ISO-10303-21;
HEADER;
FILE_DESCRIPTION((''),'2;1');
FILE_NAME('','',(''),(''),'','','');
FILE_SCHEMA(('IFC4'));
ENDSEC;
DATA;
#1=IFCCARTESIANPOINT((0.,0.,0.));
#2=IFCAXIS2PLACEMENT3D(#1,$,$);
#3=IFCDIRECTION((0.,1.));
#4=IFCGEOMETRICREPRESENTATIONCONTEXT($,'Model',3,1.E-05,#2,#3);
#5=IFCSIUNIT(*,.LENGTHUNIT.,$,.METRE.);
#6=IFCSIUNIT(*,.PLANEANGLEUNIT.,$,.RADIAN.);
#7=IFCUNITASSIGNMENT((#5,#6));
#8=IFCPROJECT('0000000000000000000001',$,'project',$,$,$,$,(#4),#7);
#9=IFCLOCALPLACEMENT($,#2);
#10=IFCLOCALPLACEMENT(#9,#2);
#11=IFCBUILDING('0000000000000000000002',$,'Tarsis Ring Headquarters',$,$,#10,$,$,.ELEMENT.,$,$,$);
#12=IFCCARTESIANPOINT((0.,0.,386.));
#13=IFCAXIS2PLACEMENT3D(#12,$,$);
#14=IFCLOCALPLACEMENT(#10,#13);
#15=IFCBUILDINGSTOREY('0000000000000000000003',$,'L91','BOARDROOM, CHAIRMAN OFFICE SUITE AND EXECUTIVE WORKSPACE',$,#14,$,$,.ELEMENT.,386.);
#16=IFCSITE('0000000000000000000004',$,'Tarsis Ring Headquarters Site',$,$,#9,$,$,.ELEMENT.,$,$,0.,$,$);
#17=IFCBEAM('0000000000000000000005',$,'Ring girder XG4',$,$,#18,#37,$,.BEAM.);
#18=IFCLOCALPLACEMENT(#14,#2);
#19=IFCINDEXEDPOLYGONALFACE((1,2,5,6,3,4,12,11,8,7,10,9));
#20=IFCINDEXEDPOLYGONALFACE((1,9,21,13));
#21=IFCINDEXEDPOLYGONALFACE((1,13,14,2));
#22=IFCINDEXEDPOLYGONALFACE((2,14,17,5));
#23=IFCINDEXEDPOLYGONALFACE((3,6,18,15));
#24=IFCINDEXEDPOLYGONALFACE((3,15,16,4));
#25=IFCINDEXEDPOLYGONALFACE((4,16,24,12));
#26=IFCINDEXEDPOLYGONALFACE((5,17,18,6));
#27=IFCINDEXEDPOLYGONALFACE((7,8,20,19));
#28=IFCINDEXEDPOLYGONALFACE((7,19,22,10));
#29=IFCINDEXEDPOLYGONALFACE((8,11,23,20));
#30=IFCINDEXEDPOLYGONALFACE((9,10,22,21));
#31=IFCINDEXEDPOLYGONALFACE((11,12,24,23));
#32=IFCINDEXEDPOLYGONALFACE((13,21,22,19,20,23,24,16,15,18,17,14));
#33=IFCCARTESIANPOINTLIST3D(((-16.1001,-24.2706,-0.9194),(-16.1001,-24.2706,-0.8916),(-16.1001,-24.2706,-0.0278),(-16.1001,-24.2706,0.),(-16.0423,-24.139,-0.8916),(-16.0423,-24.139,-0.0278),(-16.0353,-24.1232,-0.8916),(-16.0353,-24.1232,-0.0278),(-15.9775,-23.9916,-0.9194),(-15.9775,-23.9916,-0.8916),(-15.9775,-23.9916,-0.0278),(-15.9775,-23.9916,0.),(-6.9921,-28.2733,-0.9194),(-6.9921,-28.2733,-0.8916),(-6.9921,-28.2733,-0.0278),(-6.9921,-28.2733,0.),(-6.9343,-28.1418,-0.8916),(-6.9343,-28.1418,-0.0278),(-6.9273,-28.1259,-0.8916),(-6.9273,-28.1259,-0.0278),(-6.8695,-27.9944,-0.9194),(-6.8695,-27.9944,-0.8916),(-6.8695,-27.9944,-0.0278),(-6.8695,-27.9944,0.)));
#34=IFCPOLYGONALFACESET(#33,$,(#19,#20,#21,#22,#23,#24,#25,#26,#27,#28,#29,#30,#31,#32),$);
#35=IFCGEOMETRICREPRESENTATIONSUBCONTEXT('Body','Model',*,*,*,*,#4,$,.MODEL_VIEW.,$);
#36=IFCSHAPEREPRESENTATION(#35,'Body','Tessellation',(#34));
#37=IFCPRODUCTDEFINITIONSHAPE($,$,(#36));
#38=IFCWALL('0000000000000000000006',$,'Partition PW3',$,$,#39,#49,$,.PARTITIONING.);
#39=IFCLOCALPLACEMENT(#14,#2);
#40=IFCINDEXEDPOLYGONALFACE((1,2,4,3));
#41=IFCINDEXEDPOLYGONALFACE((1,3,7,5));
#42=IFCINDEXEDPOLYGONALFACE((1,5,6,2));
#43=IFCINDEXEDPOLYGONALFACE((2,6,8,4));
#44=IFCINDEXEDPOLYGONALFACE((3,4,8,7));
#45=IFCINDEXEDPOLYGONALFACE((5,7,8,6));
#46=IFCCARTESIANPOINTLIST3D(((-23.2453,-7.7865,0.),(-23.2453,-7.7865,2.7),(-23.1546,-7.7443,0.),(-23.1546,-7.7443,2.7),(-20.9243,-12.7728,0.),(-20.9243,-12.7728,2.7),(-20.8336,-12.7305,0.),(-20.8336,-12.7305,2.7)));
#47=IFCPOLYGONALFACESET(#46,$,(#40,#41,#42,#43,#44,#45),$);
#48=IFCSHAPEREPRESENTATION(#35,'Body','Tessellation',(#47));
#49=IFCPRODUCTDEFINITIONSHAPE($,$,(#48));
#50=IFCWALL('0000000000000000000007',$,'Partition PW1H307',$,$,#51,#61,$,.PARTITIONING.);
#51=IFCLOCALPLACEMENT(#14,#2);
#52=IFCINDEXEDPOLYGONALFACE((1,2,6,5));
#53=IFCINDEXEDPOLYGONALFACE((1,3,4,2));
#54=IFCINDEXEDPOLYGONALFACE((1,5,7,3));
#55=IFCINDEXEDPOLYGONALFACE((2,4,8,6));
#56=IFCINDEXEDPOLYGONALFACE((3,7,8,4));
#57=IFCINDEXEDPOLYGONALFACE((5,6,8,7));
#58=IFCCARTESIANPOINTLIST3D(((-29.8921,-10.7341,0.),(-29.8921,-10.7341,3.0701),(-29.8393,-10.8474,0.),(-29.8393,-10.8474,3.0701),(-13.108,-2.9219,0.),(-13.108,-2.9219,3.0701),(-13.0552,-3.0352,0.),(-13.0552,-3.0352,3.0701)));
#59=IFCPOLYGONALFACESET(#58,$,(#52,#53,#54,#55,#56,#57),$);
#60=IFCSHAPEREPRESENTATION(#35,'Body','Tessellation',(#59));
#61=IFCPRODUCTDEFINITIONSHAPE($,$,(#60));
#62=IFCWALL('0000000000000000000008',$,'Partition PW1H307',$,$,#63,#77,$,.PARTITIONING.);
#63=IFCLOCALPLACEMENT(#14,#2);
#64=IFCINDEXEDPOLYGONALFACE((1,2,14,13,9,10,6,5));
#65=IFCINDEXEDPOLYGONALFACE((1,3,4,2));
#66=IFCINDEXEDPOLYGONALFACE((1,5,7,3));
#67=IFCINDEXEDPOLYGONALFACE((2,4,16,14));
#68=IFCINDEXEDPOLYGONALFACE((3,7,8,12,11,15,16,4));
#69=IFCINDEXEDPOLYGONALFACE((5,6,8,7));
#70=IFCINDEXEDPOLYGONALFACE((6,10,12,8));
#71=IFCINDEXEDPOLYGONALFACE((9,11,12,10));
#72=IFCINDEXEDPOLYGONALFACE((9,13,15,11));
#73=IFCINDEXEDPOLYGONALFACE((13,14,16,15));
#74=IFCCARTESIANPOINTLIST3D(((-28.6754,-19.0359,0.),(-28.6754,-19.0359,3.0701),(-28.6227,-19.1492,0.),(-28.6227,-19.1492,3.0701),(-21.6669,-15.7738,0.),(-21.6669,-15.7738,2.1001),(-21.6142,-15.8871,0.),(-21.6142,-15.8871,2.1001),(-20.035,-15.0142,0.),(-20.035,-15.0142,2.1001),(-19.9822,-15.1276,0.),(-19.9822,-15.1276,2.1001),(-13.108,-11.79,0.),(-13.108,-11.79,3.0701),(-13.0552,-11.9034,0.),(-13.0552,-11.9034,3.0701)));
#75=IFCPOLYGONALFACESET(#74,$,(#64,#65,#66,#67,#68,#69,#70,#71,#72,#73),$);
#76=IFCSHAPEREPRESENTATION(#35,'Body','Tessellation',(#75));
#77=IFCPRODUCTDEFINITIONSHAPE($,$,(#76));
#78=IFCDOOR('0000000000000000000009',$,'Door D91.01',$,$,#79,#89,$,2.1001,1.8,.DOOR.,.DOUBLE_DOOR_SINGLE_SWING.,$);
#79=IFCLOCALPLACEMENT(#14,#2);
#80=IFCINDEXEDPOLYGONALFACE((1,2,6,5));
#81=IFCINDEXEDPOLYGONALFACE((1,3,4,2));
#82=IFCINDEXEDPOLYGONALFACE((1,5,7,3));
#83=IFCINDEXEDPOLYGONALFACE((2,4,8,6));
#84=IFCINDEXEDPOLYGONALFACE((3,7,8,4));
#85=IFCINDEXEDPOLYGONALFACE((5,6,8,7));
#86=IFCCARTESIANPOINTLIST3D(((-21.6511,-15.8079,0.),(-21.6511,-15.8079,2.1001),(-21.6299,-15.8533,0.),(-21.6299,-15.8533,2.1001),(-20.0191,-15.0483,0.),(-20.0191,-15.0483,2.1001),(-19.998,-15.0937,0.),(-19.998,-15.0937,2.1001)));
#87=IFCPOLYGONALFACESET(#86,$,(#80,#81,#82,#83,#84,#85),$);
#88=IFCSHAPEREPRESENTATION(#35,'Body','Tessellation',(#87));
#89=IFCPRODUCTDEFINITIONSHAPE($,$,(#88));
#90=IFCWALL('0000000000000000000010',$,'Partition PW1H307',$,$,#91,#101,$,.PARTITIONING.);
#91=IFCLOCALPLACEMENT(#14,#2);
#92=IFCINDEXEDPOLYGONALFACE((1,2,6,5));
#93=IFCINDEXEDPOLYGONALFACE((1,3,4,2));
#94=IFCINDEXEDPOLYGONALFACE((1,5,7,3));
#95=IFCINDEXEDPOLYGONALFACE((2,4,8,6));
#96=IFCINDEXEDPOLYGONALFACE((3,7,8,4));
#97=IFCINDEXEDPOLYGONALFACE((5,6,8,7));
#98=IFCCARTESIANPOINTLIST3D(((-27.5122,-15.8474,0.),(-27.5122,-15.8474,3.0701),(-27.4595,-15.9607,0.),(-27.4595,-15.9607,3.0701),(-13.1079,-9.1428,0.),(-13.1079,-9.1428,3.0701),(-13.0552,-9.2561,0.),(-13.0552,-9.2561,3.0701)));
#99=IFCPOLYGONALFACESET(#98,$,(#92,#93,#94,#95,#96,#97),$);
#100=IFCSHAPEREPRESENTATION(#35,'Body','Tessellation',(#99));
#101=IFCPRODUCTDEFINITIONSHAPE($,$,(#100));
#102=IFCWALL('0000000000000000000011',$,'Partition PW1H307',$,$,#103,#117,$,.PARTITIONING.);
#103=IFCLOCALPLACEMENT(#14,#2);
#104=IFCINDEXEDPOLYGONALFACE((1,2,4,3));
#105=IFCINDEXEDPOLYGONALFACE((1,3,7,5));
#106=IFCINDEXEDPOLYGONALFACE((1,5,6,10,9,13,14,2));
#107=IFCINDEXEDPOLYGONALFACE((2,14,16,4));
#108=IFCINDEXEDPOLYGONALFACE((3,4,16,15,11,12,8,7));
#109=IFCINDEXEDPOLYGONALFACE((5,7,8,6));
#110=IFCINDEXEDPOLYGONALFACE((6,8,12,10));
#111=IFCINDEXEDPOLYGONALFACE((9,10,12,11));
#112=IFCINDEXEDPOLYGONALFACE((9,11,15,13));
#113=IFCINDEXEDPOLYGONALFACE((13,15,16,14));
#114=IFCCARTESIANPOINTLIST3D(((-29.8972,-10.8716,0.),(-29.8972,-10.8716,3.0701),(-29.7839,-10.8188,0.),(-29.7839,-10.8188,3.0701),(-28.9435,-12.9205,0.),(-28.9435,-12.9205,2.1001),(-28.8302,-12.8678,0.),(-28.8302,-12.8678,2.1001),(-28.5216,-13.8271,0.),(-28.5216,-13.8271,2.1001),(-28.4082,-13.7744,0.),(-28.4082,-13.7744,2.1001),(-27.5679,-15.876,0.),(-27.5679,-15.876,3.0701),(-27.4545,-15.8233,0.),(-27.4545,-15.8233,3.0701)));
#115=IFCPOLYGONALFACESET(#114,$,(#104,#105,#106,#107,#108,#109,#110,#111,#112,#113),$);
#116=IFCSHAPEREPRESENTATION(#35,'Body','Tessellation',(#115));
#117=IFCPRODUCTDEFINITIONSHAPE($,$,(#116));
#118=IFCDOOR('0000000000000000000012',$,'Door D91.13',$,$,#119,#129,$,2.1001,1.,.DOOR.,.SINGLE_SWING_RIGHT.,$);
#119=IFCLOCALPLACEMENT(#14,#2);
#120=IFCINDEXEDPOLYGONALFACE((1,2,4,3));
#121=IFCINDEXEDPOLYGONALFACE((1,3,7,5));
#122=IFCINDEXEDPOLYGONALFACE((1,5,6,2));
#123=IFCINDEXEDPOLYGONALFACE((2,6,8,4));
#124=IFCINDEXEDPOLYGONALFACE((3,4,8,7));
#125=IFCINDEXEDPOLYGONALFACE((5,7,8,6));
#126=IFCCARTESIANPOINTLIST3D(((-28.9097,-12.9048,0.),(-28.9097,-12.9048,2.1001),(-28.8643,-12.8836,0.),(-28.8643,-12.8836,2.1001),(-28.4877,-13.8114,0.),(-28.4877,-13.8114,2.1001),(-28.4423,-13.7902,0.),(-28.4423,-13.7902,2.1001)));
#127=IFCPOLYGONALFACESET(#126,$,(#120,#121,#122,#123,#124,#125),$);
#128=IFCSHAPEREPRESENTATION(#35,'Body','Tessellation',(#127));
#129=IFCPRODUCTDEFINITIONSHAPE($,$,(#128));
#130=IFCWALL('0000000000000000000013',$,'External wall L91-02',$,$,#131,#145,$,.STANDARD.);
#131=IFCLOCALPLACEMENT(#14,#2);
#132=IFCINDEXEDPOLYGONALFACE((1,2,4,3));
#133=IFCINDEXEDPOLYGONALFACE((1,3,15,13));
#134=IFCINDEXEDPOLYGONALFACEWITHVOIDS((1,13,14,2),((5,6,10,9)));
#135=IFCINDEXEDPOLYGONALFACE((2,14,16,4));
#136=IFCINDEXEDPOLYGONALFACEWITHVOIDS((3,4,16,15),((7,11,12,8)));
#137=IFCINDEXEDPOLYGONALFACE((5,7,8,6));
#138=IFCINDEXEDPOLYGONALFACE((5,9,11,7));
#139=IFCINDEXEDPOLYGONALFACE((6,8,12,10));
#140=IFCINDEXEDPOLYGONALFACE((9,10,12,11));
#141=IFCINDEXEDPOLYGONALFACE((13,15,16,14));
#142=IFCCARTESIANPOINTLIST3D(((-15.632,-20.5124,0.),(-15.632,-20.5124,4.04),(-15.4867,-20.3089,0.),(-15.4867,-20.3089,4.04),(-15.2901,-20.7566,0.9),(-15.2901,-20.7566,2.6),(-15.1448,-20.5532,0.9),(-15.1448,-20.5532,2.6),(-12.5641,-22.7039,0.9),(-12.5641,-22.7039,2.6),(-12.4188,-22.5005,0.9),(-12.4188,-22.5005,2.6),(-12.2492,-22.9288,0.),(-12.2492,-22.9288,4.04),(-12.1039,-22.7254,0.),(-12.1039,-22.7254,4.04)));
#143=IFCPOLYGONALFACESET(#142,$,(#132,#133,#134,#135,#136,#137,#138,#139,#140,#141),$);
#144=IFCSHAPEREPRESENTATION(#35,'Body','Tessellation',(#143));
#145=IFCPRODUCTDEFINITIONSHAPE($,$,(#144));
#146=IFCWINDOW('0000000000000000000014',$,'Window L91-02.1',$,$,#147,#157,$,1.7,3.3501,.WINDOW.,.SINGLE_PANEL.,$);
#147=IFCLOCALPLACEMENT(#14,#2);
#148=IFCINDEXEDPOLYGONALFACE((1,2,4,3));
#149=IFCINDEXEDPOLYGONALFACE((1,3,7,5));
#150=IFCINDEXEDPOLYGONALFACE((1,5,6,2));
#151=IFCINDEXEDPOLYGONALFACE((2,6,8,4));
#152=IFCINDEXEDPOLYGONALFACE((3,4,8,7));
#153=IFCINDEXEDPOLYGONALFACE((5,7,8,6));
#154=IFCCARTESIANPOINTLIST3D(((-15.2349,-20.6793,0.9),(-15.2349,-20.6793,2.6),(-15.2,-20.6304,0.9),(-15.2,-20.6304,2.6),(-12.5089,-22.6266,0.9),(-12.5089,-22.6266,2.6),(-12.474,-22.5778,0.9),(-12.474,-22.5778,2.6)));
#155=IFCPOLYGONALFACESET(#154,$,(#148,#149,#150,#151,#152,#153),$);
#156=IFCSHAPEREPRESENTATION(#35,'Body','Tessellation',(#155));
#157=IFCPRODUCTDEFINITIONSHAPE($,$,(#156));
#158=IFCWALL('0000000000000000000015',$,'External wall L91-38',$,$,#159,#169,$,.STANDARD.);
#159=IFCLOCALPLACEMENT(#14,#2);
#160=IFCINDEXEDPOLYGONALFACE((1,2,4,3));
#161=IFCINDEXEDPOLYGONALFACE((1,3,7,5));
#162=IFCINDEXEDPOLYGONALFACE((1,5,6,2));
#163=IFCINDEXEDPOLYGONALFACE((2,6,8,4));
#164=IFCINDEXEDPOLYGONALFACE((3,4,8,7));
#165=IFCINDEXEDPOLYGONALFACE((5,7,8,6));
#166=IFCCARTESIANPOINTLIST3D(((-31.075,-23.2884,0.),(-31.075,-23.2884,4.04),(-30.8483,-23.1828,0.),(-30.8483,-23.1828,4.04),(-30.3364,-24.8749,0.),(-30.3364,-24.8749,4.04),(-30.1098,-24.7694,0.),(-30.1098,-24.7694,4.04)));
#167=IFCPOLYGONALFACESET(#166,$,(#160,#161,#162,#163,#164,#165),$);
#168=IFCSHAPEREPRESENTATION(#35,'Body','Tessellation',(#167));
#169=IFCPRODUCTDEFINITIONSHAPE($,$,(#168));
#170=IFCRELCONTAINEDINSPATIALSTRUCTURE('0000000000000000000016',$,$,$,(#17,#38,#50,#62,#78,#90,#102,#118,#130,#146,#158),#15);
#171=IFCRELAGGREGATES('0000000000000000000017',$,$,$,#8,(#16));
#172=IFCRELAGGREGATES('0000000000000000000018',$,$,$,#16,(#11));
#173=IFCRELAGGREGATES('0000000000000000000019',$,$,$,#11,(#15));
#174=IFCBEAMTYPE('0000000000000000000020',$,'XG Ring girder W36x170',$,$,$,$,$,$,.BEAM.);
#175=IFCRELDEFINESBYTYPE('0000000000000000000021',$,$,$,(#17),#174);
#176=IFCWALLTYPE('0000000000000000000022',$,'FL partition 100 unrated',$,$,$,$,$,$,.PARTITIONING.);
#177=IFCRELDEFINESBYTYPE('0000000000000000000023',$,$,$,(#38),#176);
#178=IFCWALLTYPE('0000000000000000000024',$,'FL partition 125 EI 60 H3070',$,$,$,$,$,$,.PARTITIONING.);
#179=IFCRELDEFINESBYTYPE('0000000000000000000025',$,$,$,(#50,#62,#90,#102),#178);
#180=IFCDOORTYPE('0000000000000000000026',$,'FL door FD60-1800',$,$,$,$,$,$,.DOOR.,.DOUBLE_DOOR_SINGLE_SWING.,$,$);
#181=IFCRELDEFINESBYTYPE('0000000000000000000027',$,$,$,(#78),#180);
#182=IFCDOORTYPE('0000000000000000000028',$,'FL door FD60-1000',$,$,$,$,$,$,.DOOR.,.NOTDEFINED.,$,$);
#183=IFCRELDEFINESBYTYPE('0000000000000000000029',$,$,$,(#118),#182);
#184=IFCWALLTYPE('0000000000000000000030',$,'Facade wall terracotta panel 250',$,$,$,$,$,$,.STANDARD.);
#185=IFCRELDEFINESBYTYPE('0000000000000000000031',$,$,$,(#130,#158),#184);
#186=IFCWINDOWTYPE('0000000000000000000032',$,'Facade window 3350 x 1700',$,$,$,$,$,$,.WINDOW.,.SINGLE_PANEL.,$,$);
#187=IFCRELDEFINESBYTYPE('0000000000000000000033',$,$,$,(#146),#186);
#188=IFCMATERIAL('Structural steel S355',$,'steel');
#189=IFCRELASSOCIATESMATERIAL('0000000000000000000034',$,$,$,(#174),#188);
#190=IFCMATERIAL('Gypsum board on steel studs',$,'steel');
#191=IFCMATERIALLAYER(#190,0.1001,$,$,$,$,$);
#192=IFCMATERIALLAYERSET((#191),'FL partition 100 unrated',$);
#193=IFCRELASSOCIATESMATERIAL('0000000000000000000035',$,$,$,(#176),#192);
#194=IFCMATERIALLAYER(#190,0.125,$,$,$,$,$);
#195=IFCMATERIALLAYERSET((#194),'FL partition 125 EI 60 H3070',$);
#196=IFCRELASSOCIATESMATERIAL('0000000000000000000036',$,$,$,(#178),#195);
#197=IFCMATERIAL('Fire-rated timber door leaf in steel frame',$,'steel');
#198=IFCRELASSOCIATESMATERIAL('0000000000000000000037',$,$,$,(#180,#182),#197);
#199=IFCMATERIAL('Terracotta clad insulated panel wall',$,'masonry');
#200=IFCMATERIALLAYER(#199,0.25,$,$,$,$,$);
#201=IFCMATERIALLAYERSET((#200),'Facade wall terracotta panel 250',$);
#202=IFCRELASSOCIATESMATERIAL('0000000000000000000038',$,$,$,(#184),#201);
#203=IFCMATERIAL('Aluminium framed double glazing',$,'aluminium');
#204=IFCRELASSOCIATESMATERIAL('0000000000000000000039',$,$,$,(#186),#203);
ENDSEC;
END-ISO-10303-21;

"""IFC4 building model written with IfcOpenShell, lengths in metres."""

from ifc_helpers import new_model, si_unit, direction, frame, frame_2d, origin, origin_2d, place, context, subcontext, project, spatial, rectangle, i_section, extrude, material, layer, layer_set, material_profile, profile_set, type_object, element, fill, save


model = new_model("IFC4")

# Units and contexts
model_context = context("Model", 3, precision=1e-05, world=origin(), true_north=direction((0.0, 1.0)))
body_context = subcontext(model_context, "Body", "Model", "MODEL_VIEW")
ifc_project = project(units=[si_unit("LENGTHUNIT", "METRE"), si_unit("PLANEANGLEUNIT", "RADIAN")], contexts=[model_context])

# Site, building, storey
site_placement = place(None, origin())
site = spatial("IfcSite", under=ifc_project, at=site_placement, Name="Tarsis Ring Headquarters Site", CompositionType="ELEMENT", RefElevation=0.0)
building_placement = place(site_placement, origin())
building = spatial("IfcBuilding", under=site, at=building_placement, Name="Tarsis Ring Headquarters", CompositionType="ELEMENT")
storey_placement = place(building_placement, frame((0.0, 0.0, 386.0)))
storey = spatial("IfcBuildingStorey", under=building, at=storey_placement, Name="L91", Description="BOARDROOM, CHAIRMAN OFFICE SUITE AND EXECUTIVE WORKSPACE", CompositionType="ELEMENT", Elevation=386.0)

# Shared definitions
ifc_material_1 = material(Name="Structural steel S355", Category="steel")

# Beam
ifc_material_profile_1 = material_profile(ifc_material_1, i_section(OverallWidth=0.3047, OverallDepth=0.9194, WebThickness=0.0173, FlangeThickness=0.0278, at=origin_2d()), Name="W36x170")
ifc_profile_set_1 = profile_set([ifc_material_profile_1], Name="Structural steel S355")
beam_type = type_object("IfcBeamType", Name="XG Ring girder W36x170", PredefinedType="BEAM", material=ifc_profile_set_1)
beam_1_placement = place(storey_placement, frame((-16.0388, -24.1311, -0.4597), z_axis=(0.915493, -0.402335, 0.0), x_axis=(0.402335, 0.915493, 0.0)))
element("IfcBeam", 1, at=beam_1_placement, inside=storey, type_object=beam_type, Name="Ring girder XG4", PredefinedType="BEAM", context=body_context, shape_type="SweptSolid", body=[
    extrude(i_section(OverallWidth=0.3047, OverallDepth=0.9194, WebThickness=0.0173, FlangeThickness=0.0278, at=origin_2d()), origin(), (0.0, 0.0, 1.0), 9.9487),
])

# Walls
ifc_material_2 = material(Name="Gypsum board on steel studs", Category="steel")
ifc_layer_1 = layer(ifc_material_2, 0.1001)
ifc_layer_set_1 = layer_set([ifc_layer_1], Name="FL partition 100 unrated")
wall_type_1 = type_object("IfcWallType", Name="FL partition 100 unrated", PredefinedType="PARTITIONING", material=ifc_layer_set_1)
wall_1_placement = place(storey_placement, frame((-23.2, -7.7654, 0.0), z_axis=(0.0, 0.0, 1.0), x_axis=(0.422003, -0.906594, 0.0)))
element("IfcWall", 2, at=wall_1_placement, inside=storey, type_object=wall_type_1, Name="Partition PW3", PredefinedType="PARTITIONING", context=body_context, shape_type="SweptSolid", body=[
    extrude(rectangle(XDim=5.5, YDim=0.1001, at=frame_2d((2.75, 0.0))), origin(), (0.0, 0.0, 1.0), 2.7),
])
ifc_layer_2 = layer(ifc_material_2, 0.125)
ifc_layer_set_2 = layer_set([ifc_layer_2], Name="FL partition 125 EI 60 H3070")
wall_type_2 = type_object("IfcWallType", Name="FL partition 125 EI 60 H3070", PredefinedType="PARTITIONING", material=ifc_layer_set_2)
wall_2_placement = place(storey_placement, frame((-29.8657, -10.7908, 0.0), z_axis=(0.0, 0.0, 1.0), x_axis=(0.906604, 0.421982, 0.0)))
element("IfcWall", 3, at=wall_2_placement, inside=storey, type_object=wall_type_2, Name="Partition PW1H307", PredefinedType="PARTITIONING", context=body_context, shape_type="SweptSolid", body=[
    extrude(rectangle(XDim=18.5132, YDim=0.125, at=frame_2d((9.2566, 0.0))), origin(), (0.0, 0.0, 1.0), 3.0701),
])

# Wall, opening, door
wall_3_placement = place(storey_placement, frame((-28.6489, -19.0925, 0.0), z_axis=(0.0, 0.0, 1.0), x_axis=(0.906605, 0.42198, 0.0)))
wall_3 = element("IfcWall", 4, at=wall_3_placement, inside=storey, type_object=wall_type_2, Name="Partition PW1H307", PredefinedType="PARTITIONING", context=body_context, shape_type="SweptSolid", body=[
    extrude(rectangle(XDim=17.1711, YDim=0.125, at=frame_2d((8.5854, 0.0))), origin(), (0.0, 0.0, 1.0), 3.0701),
])
opening_1_placement = place(wall_3_placement, frame((7.7305, 0.0, 0.0)))
opening_1 = element("IfcOpeningElement", 5, at=opening_1_placement, cuts=wall_3, PredefinedType="OPENING", context=body_context, shape_type="SweptSolid", body=[
    extrude(rectangle(XDim=1.8, YDim=2.1001, at=frame_2d((0.8999, 1.05))), frame((0.0, 0.0725, 0.0), z_axis=(0.0, -1.0, 0.0), x_axis=(1.0, 0.0, 0.0)), (0.0, 0.0, 1.0), 0.145),
])
ifc_material_3 = material(Name="Fire-rated timber door leaf in steel frame", Category="steel")
door_type_1 = type_object("IfcDoorType", Name="FL door FD60-1800", OperationType="DOUBLE_DOOR_SINGLE_SWING", PredefinedType="DOOR", material=ifc_material_3)
door_1_placement = place(opening_1_placement, origin())
door_1 = element("IfcDoor", 6, at=door_1_placement, inside=storey, type_object=door_type_1, Name="Door D91.01", OperationType="DOUBLE_DOOR_SINGLE_SWING", OverallHeight=2.1001, OverallWidth=1.8, PredefinedType="DOOR", context=body_context, shape_type="SweptSolid", body=[
    extrude(rectangle(XDim=1.8, YDim=2.1001, at=frame_2d((0.8999, 1.05))), frame((0.0, 0.0249, 0.0), z_axis=(0.0, -1.0, 0.0), x_axis=(1.0, 0.0, 0.0)), (0.0, 0.0, 1.0), 0.05),
])
fill(opening_1, door_1)

# Wall
wall_4_placement = place(storey_placement, frame((-27.4858, -15.9041, 0.0), z_axis=(0.0, 0.0, 1.0), x_axis=(0.906603, 0.421985, 0.0)))
element("IfcWall", 7, at=wall_4_placement, inside=storey, type_object=wall_type_2, Name="Partition PW1H307", PredefinedType="PARTITIONING", context=body_context, shape_type="SweptSolid", body=[
    extrude(rectangle(XDim=15.8882, YDim=0.125, at=frame_2d((7.9441, 0.0))), origin(), (0.0, 0.0, 1.0), 3.0701),
])

# Wall, opening, door
wall_5_placement = place(storey_placement, frame((-29.8406, -10.8452, 0.0), z_axis=(0.0, 0.0, 1.0), x_axis=(0.421987, -0.906602, 0.0)))
wall_5 = element("IfcWall", 8, at=wall_5_placement, inside=storey, type_object=wall_type_2, Name="Partition PW1H307", PredefinedType="PARTITIONING", context=body_context, shape_type="SweptSolid", body=[
    extrude(rectangle(XDim=5.52, YDim=0.125, at=frame_2d((2.76, 0.0))), origin(), (0.0, 0.0, 1.0), 3.0701),
])
opening_2_placement = place(wall_5_placement, frame((2.26, 0.0, 0.0)))
opening_2 = element("IfcOpeningElement", 9, at=opening_2_placement, cuts=wall_5, PredefinedType="OPENING", context=body_context, shape_type="SweptSolid", body=[
    extrude(rectangle(XDim=1.0, YDim=2.1001, at=frame_2d((0.5, 1.05))), frame((0.0, 0.0725, 0.0), z_axis=(0.0, -1.0, 0.0), x_axis=(1.0, 0.0, 0.0)), (0.0, 0.0, 1.0), 0.145),
])
door_type_2 = type_object("IfcDoorType", Name="FL door FD60-1000", OperationType="NOTDEFINED", PredefinedType="DOOR", material=ifc_material_3)
door_2_placement = place(opening_2_placement, origin())
door_2 = element("IfcDoor", 10, at=door_2_placement, inside=storey, type_object=door_type_2, Name="Door D91.13", OperationType="SINGLE_SWING_RIGHT", OverallHeight=2.1001, OverallWidth=1.0, PredefinedType="DOOR", context=body_context, shape_type="SweptSolid", body=[
    extrude(rectangle(XDim=1.0, YDim=2.1001, at=frame_2d((0.5, 1.05))), frame((0.0, 0.0249, 0.0), z_axis=(0.0, -1.0, 0.0), x_axis=(1.0, 0.0, 0.0)), (0.0, 0.0, 1.0), 0.05),
])
fill(opening_2, door_2)

# Shared definitions
ifc_material_4 = material(Name="Terracotta clad insulated panel wall", Category="masonry")
ifc_layer_3 = layer(ifc_material_4, 0.25)
ifc_layer_set_3 = layer_set([ifc_layer_3], Name="Facade wall terracotta panel 250")
wall_type_3 = type_object("IfcWallType", Name="Facade wall terracotta panel 250", PredefinedType="STANDARD", material=ifc_layer_set_3)
ifc_material_5 = material(Name="Aluminium framed double glazing", Category="aluminium")

# Wall, opening, window
wall_6_placement = place(storey_placement, frame((-15.5593, -20.4106, 0.0), z_axis=(0.0, 0.0, 1.0), x_axis=(0.81371, -0.581272, 0.0)))
wall_6 = element("IfcWall", 11, at=wall_6_placement, inside=storey, type_object=wall_type_3, Name="External wall L91-02", PredefinedType="STANDARD", context=body_context, shape_type="SweptSolid", body=[
    extrude(rectangle(XDim=4.1572, YDim=0.25, at=frame_2d((2.0786, 0.0))), origin(), (0.0, 0.0, 1.0), 4.04),
])
opening_3_placement = place(wall_6_placement, frame((0.4202, 0.0, 0.8999)))
opening_3 = element("IfcOpeningElement", 12, at=opening_3_placement, cuts=wall_6, PredefinedType="OPENING", context=body_context, shape_type="SweptSolid", body=[
    extrude(rectangle(XDim=3.3501, YDim=1.7, at=frame_2d((1.675, 0.8501))), frame((0.0, 0.135, 0.0), z_axis=(0.0, -1.0, 0.0), x_axis=(1.0, 0.0, 0.0)), (0.0, 0.0, 1.0), 0.27),
])
window_type = type_object("IfcWindowType", Name="Facade window 3350 x 1700", PartitioningType="SINGLE_PANEL", PredefinedType="WINDOW", material=ifc_material_5)
window_placement = place(opening_3_placement, origin())
window = element("IfcWindow", 13, at=window_placement, inside=storey, type_object=window_type, Name="Window L91-02.1", OverallHeight=1.7, OverallWidth=3.3501, PartitioningType="SINGLE_PANEL", PredefinedType="WINDOW", context=body_context, shape_type="SweptSolid", body=[
    extrude(rectangle(XDim=3.3501, YDim=1.7, at=frame_2d((1.675, 0.8501))), frame((0.0, 0.03, 0.0), z_axis=(0.0, -1.0, 0.0), x_axis=(1.0, 0.0, 0.0)), (0.0, 0.0, 1.0), 0.0601),
])
fill(opening_3, window)

# Wall
wall_7_placement = place(storey_placement, frame((-30.9617, -23.2356, 0.0), z_axis=(0.0, 0.0, 1.0), x_axis=(0.422037, -0.906578, 0.0)))
element("IfcWall", 14, at=wall_7_placement, inside=storey, type_object=wall_type_3, Name="External wall L91-38", PredefinedType="STANDARD", context=body_context, shape_type="SweptSolid", body=[
    extrude(rectangle(XDim=1.75, YDim=0.25, at=frame_2d((0.875, 0.0))), origin(), (0.0, 0.0, 1.0), 4.04),
])

save(model, "model.ifc")
